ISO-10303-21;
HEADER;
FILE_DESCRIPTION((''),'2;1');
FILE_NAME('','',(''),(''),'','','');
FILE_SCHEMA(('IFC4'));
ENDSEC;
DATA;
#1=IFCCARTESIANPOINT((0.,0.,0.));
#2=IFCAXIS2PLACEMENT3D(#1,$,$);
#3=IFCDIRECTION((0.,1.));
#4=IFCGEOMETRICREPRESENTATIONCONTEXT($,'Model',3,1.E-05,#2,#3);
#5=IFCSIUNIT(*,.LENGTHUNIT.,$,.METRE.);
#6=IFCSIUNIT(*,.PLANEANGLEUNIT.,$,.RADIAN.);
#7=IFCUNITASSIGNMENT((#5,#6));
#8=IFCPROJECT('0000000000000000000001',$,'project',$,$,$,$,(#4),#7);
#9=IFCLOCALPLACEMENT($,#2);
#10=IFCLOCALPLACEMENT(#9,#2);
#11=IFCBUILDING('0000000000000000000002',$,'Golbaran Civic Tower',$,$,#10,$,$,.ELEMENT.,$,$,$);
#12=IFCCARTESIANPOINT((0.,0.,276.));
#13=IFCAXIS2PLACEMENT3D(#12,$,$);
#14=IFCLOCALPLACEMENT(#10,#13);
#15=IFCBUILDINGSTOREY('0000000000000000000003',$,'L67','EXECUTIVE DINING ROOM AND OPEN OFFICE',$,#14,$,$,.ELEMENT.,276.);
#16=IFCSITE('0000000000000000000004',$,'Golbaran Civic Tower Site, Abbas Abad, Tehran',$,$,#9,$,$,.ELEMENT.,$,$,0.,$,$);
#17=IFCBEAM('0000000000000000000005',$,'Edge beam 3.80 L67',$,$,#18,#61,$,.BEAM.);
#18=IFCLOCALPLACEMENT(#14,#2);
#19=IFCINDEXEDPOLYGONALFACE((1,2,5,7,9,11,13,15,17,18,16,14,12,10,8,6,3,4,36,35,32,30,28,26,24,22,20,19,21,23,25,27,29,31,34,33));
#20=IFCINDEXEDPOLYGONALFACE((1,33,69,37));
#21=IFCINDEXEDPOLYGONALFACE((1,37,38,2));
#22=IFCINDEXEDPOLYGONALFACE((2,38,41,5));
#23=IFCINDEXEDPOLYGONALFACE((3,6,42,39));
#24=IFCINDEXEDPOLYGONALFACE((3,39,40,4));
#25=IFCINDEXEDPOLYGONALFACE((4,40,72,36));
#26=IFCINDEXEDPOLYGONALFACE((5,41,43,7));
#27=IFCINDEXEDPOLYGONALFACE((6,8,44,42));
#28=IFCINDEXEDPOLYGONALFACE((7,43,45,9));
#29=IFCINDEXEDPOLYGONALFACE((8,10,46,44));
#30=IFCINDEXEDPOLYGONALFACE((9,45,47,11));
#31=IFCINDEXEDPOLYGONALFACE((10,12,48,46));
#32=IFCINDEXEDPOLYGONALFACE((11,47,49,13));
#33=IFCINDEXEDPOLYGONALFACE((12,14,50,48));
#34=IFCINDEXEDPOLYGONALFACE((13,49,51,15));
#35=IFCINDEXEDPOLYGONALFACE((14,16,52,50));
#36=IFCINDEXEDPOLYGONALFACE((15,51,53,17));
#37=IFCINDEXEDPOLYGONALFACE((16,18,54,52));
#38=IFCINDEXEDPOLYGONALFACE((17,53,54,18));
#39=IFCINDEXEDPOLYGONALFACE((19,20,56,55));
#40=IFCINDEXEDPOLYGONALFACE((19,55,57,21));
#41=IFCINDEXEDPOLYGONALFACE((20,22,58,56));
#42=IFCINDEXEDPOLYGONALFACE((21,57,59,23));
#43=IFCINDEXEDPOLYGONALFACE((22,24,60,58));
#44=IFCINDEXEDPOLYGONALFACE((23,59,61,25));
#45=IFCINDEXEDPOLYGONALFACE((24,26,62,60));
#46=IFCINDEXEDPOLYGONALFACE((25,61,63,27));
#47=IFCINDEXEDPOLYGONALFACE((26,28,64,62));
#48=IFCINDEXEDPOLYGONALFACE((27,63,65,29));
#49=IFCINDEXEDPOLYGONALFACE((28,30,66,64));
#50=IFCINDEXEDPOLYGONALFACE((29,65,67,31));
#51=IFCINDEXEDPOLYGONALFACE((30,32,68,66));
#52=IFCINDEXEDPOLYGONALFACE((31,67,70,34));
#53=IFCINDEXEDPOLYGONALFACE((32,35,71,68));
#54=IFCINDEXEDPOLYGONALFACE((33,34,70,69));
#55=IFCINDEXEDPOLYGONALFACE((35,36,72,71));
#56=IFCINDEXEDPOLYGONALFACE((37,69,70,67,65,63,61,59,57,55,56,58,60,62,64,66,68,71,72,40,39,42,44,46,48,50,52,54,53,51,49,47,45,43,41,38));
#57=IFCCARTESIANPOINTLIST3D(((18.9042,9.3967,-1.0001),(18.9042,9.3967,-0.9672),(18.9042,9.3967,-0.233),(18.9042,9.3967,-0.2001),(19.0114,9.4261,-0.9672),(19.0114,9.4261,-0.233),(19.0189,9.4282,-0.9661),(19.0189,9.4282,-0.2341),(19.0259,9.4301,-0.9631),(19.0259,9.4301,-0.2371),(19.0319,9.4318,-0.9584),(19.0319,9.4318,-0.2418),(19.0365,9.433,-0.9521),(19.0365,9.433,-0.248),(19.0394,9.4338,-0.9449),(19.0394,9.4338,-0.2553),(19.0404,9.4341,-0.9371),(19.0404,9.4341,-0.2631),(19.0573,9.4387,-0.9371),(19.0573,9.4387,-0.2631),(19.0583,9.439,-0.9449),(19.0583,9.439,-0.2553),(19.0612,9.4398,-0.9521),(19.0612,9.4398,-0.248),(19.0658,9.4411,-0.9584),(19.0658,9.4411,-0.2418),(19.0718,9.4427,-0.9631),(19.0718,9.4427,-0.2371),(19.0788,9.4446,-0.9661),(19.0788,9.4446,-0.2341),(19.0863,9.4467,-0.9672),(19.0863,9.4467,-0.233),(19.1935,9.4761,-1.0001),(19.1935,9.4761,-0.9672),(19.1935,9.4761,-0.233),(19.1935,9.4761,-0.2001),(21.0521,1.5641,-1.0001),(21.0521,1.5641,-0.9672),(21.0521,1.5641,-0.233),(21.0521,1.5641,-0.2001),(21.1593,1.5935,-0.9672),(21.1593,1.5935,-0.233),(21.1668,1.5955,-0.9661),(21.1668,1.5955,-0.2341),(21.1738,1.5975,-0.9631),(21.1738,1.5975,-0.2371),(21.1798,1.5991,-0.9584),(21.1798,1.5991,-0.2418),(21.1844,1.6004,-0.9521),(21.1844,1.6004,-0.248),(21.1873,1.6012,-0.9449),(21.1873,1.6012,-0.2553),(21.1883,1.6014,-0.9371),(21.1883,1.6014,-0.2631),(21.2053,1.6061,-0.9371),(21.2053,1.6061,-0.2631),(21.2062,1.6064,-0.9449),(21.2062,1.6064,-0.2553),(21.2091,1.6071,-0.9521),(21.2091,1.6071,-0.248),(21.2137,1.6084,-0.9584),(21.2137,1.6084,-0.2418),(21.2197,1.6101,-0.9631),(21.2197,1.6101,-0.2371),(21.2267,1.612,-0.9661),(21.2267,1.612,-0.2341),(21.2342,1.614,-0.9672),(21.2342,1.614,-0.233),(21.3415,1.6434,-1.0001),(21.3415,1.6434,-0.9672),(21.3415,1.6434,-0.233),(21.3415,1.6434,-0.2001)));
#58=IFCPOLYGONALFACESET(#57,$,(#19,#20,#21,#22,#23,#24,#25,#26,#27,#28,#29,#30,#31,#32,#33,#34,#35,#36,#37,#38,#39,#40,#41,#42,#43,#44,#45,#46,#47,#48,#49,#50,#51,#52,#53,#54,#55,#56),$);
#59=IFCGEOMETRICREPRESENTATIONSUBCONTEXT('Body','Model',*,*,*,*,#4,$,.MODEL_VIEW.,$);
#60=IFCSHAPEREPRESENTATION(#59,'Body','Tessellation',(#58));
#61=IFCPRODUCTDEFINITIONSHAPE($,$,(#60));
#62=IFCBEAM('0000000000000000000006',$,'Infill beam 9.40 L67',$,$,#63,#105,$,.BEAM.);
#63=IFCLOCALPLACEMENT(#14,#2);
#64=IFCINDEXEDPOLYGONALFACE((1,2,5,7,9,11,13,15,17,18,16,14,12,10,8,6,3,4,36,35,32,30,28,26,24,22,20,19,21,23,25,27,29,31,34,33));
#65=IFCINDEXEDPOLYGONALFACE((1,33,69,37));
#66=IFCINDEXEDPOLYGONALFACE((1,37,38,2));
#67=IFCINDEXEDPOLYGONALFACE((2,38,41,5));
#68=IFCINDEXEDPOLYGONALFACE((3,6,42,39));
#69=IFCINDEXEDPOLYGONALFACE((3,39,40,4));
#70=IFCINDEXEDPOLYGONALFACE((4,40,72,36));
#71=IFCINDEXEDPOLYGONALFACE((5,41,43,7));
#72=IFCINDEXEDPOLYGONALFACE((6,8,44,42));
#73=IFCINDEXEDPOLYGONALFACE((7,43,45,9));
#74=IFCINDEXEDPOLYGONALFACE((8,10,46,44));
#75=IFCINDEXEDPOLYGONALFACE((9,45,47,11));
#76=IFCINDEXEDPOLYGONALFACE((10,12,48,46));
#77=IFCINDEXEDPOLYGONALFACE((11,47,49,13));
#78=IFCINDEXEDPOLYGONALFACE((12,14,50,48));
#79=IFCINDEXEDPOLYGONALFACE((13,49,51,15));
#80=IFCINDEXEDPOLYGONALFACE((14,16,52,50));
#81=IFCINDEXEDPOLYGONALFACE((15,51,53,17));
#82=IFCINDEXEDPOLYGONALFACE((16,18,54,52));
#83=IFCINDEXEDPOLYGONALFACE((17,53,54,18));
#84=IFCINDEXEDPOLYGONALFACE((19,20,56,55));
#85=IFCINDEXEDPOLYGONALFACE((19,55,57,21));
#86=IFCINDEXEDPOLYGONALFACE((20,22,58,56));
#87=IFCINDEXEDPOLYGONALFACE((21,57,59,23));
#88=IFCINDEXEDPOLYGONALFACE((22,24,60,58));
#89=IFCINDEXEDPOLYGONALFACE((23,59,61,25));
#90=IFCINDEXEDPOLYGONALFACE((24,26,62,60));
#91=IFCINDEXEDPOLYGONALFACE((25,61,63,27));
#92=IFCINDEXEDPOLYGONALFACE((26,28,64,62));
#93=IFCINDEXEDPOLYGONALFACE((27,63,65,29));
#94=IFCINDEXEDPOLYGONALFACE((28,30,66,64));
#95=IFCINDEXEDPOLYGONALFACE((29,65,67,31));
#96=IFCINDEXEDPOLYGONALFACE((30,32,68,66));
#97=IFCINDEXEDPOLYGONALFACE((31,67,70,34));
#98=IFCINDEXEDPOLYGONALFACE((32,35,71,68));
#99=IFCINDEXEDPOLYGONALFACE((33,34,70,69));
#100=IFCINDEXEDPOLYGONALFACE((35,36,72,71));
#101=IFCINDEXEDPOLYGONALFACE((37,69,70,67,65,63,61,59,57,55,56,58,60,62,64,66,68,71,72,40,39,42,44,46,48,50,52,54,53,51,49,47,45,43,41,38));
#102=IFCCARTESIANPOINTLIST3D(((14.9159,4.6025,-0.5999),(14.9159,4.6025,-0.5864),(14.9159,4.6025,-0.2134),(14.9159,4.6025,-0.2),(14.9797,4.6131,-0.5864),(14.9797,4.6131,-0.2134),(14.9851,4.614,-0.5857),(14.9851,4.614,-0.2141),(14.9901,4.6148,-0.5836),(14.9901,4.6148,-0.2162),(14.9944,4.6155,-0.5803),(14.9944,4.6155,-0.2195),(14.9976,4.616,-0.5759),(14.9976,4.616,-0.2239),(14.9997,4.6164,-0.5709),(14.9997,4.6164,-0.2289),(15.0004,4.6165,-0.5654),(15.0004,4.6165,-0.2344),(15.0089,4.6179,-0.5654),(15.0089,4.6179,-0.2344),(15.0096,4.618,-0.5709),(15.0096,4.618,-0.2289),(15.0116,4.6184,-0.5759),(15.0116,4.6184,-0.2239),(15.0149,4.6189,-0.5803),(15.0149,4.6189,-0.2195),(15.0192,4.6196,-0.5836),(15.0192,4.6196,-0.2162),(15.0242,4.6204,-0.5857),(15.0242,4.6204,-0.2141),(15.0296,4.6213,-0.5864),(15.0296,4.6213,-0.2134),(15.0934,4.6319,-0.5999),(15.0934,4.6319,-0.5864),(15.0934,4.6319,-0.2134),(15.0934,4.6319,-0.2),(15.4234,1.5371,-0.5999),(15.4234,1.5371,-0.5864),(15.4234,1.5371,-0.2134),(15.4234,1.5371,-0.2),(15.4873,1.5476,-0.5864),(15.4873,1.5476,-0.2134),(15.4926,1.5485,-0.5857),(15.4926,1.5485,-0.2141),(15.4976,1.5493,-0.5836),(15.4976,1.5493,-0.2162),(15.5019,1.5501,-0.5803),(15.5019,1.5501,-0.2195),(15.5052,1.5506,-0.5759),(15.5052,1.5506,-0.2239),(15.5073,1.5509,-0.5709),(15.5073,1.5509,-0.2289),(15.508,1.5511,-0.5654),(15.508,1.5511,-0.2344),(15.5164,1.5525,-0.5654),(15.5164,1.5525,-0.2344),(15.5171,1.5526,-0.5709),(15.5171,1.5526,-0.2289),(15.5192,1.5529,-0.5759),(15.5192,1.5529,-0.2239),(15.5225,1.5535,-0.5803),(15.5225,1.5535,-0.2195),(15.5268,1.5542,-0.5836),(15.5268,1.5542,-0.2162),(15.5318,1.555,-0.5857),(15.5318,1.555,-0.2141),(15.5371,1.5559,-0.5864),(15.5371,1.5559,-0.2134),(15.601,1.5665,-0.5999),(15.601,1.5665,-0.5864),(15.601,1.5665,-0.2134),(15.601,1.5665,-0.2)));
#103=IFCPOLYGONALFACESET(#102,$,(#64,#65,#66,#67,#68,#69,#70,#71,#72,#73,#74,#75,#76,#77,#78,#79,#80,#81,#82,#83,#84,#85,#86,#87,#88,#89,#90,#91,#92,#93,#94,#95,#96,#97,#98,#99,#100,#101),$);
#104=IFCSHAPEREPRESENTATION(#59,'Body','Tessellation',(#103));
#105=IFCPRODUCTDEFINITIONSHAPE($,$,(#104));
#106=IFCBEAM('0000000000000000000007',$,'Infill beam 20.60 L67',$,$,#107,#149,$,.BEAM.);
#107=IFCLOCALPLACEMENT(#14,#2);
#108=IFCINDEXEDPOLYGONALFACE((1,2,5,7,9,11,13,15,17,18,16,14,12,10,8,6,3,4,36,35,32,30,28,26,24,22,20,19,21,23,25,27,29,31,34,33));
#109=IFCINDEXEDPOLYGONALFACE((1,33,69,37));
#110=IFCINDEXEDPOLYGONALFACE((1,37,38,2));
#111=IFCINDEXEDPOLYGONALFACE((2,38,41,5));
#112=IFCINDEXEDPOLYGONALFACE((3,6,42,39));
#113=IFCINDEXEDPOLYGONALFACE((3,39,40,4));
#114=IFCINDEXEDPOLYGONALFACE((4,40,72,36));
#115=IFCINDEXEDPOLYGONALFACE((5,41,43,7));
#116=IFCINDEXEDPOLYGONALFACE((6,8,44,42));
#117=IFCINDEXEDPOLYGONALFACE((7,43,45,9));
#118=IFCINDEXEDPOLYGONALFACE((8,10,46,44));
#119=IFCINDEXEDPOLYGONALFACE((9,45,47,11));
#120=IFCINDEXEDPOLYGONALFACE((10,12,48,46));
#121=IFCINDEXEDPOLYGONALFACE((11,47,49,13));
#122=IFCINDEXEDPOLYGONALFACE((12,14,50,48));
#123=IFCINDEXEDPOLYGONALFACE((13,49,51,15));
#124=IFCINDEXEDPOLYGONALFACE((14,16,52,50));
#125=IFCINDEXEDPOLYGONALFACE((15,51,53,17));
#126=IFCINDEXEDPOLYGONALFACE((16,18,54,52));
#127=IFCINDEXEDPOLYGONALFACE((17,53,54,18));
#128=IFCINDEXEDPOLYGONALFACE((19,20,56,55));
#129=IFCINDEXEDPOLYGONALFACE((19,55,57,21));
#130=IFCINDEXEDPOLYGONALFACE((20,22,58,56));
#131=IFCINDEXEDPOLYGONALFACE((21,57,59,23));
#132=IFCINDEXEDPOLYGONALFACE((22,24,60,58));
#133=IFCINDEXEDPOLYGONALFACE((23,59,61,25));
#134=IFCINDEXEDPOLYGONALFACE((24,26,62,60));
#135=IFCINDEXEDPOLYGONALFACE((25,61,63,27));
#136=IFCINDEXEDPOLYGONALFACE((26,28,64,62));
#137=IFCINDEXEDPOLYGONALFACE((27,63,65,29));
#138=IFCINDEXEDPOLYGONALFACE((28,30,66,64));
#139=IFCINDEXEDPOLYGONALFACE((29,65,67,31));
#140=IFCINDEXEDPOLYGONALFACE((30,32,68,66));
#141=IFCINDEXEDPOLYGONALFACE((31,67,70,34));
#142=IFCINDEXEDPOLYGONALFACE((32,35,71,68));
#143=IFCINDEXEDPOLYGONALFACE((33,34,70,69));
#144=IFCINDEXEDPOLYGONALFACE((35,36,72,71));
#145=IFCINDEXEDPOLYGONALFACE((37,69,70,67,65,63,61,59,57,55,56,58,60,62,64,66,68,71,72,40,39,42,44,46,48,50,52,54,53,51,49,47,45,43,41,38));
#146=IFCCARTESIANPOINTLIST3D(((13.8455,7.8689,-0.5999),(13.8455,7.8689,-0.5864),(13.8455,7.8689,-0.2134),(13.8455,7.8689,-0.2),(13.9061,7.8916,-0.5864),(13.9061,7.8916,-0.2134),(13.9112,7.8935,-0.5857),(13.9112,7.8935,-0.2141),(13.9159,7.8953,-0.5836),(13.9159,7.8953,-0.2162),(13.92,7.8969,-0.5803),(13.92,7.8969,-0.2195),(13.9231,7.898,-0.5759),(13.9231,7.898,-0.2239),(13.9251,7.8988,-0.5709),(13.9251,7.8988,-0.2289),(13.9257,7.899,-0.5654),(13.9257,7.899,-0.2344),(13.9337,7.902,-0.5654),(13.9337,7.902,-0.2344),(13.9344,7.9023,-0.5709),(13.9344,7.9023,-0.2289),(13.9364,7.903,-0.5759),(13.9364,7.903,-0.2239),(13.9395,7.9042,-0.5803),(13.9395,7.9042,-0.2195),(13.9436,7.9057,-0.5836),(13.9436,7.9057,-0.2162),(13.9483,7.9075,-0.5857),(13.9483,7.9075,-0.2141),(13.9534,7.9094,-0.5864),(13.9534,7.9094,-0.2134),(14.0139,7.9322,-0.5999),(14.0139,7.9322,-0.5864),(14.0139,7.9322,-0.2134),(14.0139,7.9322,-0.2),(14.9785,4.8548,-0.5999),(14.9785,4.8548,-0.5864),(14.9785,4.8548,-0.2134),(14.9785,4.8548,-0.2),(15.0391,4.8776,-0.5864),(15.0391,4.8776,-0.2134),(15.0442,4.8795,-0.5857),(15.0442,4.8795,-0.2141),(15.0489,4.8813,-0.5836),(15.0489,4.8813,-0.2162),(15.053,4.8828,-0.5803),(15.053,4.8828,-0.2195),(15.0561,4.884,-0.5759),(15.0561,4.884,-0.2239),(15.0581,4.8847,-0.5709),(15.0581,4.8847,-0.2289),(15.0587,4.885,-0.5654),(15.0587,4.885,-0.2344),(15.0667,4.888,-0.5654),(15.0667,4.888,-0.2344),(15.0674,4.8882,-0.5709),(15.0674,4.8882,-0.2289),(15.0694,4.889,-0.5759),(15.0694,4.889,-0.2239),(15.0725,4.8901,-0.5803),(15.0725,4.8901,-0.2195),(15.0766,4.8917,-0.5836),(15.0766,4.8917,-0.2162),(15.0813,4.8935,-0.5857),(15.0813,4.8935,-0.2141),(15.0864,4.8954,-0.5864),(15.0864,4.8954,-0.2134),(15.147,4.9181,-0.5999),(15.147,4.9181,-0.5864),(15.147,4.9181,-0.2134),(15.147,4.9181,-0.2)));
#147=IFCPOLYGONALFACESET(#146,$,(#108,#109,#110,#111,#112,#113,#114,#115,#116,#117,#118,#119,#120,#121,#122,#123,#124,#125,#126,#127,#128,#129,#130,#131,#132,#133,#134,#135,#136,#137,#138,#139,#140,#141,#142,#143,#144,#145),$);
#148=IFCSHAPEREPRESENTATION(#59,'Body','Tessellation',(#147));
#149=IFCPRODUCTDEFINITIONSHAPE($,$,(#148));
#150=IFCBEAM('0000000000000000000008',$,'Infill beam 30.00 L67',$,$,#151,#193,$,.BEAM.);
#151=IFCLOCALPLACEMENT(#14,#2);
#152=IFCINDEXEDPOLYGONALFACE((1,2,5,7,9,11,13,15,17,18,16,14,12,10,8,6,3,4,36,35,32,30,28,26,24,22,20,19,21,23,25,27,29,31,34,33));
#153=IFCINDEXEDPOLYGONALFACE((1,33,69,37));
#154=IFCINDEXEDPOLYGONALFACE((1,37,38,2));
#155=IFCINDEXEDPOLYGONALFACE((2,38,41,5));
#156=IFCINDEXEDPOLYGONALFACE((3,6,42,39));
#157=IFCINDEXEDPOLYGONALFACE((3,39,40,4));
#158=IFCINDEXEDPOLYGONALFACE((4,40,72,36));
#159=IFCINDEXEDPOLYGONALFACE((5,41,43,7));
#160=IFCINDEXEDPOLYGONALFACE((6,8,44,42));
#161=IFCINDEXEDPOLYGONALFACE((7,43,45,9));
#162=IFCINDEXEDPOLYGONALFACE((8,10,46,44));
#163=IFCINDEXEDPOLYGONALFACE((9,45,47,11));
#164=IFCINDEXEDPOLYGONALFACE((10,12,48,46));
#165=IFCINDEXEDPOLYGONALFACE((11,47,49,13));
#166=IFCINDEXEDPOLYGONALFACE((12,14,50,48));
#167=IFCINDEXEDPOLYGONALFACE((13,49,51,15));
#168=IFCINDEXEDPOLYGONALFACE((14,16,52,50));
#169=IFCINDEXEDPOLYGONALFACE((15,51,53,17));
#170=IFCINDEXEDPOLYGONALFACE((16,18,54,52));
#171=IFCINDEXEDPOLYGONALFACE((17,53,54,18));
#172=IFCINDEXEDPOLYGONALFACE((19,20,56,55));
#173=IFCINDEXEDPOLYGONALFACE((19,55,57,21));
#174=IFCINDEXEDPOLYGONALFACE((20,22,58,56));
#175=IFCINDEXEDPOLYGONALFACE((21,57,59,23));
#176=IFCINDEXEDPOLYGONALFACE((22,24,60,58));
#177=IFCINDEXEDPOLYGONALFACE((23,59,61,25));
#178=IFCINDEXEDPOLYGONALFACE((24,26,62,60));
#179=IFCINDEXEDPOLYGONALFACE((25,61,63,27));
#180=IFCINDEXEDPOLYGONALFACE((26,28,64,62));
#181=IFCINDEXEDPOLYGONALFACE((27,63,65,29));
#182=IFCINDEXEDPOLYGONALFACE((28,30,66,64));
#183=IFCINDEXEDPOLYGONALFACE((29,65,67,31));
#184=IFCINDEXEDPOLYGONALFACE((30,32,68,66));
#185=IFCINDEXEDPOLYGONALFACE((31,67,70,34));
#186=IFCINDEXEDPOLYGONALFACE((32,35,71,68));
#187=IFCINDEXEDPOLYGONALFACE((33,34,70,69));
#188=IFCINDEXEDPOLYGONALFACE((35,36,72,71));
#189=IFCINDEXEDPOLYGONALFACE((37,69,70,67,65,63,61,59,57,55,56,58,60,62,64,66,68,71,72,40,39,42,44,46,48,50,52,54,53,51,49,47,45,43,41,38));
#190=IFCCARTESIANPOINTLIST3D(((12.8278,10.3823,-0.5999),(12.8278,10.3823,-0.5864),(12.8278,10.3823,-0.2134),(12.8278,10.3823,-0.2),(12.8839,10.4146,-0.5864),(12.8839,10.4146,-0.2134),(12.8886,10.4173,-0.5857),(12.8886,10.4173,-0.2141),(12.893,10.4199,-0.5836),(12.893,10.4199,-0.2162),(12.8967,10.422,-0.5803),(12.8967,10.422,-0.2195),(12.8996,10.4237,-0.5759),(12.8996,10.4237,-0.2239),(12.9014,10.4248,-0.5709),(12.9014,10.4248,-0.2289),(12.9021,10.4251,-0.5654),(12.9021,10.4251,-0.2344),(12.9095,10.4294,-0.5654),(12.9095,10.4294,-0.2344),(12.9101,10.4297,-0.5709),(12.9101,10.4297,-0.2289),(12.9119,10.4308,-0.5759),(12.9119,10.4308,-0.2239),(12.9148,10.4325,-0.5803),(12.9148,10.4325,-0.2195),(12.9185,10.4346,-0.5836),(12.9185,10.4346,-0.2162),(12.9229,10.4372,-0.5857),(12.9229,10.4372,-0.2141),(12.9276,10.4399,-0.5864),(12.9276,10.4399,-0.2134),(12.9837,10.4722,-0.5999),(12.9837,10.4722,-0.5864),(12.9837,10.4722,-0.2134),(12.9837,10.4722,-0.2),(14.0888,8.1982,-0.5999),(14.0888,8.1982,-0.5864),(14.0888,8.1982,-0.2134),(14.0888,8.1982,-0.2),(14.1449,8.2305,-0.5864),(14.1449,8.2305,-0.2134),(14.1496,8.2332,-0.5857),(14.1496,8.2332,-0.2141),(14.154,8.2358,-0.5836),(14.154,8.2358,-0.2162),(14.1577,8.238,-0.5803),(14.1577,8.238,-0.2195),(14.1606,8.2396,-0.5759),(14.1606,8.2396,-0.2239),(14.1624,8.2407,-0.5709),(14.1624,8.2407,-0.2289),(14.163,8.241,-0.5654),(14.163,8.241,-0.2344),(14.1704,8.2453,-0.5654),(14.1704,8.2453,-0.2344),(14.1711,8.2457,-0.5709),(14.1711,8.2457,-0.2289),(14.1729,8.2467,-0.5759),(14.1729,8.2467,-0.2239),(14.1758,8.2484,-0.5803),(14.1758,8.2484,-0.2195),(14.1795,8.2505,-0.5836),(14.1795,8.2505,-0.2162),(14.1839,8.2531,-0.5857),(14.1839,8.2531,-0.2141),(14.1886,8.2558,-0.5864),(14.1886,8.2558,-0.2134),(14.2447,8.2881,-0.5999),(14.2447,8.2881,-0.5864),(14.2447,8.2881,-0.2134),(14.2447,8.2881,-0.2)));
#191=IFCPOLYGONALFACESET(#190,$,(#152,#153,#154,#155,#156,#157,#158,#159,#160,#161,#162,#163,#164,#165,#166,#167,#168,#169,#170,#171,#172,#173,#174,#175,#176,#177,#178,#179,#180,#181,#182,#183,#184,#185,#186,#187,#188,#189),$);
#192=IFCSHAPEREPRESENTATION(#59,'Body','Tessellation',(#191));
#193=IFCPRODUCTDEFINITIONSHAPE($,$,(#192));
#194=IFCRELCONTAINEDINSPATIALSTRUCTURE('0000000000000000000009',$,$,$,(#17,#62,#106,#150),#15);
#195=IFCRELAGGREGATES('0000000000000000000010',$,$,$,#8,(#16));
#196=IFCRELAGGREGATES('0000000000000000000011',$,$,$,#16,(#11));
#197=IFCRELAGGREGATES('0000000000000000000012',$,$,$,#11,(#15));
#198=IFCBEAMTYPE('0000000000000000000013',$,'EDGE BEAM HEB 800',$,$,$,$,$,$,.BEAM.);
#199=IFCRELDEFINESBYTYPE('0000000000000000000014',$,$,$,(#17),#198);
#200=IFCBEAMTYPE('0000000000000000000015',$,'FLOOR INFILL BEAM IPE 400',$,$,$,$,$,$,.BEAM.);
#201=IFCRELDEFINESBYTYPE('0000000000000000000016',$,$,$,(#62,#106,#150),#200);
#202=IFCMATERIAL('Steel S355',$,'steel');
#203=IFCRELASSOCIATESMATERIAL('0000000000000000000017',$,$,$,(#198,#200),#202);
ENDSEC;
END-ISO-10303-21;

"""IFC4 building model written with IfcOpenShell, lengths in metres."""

from ifc_helpers import new_model, si_unit, direction, frame, origin, origin_2d, place, context, subcontext, project, spatial, i_section, extrude, material, material_profile, profile_set, type_object, element, save


model = new_model("IFC4")

# Units and contexts
model_context = context("Model", 3, precision=1e-05, world=origin(), true_north=direction((0.0, 1.0)))
body_context = subcontext(model_context, "Body", "Model", "MODEL_VIEW")
ifc_project = project(units=[si_unit("LENGTHUNIT", "METRE"), si_unit("PLANEANGLEUNIT", "RADIAN")], contexts=[model_context])

# Site, building, storey
site_placement = place(None, origin())
site = spatial("IfcSite", under=ifc_project, at=site_placement, Name="Golbaran Civic Tower Site, Abbas Abad, Tehran", CompositionType="ELEMENT", RefElevation=0.0)
building_placement = place(site_placement, origin())
building = spatial("IfcBuilding", under=site, at=building_placement, Name="Golbaran Civic Tower", CompositionType="ELEMENT")
storey_placement = place(building_placement, frame((0.0, 0.0, 276.0)))
storey = spatial("IfcBuildingStorey", under=building, at=storey_placement, Name="L67", Description="EXECUTIVE DINING ROOM AND OPEN OFFICE", CompositionType="ELEMENT", Elevation=276.0)

# Beams
ifc_material_1 = material(Name="Steel S355", Category="steel")
ifc_material_profile_1 = material_profile(ifc_material_1, i_section(OverallWidth=0.3, OverallDepth=0.8, WebThickness=0.0176, FlangeThickness=0.033, FilletRadius=0.03, at=origin_2d()), Name="HEB 800")
ifc_profile_set_1 = profile_set([ifc_material_profile_1], Name="Steel S355")
beam_type_1 = type_object("IfcBeamType", Name="EDGE BEAM HEB 800", PredefinedType="BEAM", material=ifc_profile_set_1)
beam_1_placement = place(storey_placement, frame((21.1968, 1.6038, -0.6001), z_axis=(-0.264463, 0.964396, 0.0), x_axis=(-0.964396, -0.264463, 0.0)))
element("IfcBeam", 1, at=beam_1_placement, inside=storey, type_object=beam_type_1, Name="Edge beam 3.80 L67", PredefinedType="BEAM", context=body_context, shape_type="SweptSolid", body=[
    extrude(i_section(OverallWidth=0.3, OverallDepth=0.8, WebThickness=0.0176, FlangeThickness=0.033, FilletRadius=0.03, at=origin_2d()), origin(), (0.0, 0.0, 1.0), 8.1218),
])
ifc_material_profile_2 = material_profile(ifc_material_1, i_section(OverallWidth=0.1799, OverallDepth=0.3999, WebThickness=0.0085, FlangeThickness=0.0134, FilletRadius=0.021, at=origin_2d()), Name="IPE 400")
ifc_profile_set_2 = profile_set([ifc_material_profile_2], Name="Steel S355")
beam_type_2 = type_object("IfcBeamType", Name="FLOOR INFILL BEAM IPE 400", PredefinedType="BEAM", material=ifc_profile_set_2)
beam_2_placement = place(storey_placement, frame((15.5122, 1.5518, -0.3999), z_axis=(-0.163354, 0.986568, 0.0), x_axis=(-0.986568, -0.163354, 0.0)))
element("IfcBeam", 2, at=beam_2_placement, inside=storey, type_object=beam_type_2, Name="Infill beam 9.40 L67", PredefinedType="BEAM", context=body_context, shape_type="SweptSolid", body=[
    extrude(i_section(OverallWidth=0.1799, OverallDepth=0.3999, WebThickness=0.0085, FlangeThickness=0.0134, FilletRadius=0.021, at=origin_2d()), origin(), (0.0, 0.0, 1.0), 3.1072),
])
beam_3_placement = place(storey_placement, frame((15.0627, 4.8865, -0.3999), z_axis=(-0.351871, 0.936048, 0.0), x_axis=(-0.936048, -0.351871, 0.0)))
element("IfcBeam", 3, at=beam_3_placement, inside=storey, type_object=beam_type_2, Name="Infill beam 20.60 L67", PredefinedType="BEAM", context=body_context, shape_type="SweptSolid", body=[
    extrude(i_section(OverallWidth=0.1799, OverallDepth=0.3999, WebThickness=0.0085, FlangeThickness=0.0134, FilletRadius=0.021, at=origin_2d()), origin(), (0.0, 0.0, 1.0), 3.22),
])
beam_4_placement = place(storey_placement, frame((14.1667, 8.2432, -0.3999), z_axis=(-0.500002, 0.866024, 0.0), x_axis=(-0.866024, -0.500002, 0.0)))
element("IfcBeam", 4, at=beam_4_placement, inside=storey, type_object=beam_type_2, Name="Infill beam 30.00 L67", PredefinedType="BEAM", context=body_context, shape_type="SweptSolid", body=[
    extrude(i_section(OverallWidth=0.1799, OverallDepth=0.3999, WebThickness=0.0085, FlangeThickness=0.0134, FilletRadius=0.021, at=origin_2d()), origin(), (0.0, 0.0, 1.0), 2.522),
])

save(model, "model.ifc")
